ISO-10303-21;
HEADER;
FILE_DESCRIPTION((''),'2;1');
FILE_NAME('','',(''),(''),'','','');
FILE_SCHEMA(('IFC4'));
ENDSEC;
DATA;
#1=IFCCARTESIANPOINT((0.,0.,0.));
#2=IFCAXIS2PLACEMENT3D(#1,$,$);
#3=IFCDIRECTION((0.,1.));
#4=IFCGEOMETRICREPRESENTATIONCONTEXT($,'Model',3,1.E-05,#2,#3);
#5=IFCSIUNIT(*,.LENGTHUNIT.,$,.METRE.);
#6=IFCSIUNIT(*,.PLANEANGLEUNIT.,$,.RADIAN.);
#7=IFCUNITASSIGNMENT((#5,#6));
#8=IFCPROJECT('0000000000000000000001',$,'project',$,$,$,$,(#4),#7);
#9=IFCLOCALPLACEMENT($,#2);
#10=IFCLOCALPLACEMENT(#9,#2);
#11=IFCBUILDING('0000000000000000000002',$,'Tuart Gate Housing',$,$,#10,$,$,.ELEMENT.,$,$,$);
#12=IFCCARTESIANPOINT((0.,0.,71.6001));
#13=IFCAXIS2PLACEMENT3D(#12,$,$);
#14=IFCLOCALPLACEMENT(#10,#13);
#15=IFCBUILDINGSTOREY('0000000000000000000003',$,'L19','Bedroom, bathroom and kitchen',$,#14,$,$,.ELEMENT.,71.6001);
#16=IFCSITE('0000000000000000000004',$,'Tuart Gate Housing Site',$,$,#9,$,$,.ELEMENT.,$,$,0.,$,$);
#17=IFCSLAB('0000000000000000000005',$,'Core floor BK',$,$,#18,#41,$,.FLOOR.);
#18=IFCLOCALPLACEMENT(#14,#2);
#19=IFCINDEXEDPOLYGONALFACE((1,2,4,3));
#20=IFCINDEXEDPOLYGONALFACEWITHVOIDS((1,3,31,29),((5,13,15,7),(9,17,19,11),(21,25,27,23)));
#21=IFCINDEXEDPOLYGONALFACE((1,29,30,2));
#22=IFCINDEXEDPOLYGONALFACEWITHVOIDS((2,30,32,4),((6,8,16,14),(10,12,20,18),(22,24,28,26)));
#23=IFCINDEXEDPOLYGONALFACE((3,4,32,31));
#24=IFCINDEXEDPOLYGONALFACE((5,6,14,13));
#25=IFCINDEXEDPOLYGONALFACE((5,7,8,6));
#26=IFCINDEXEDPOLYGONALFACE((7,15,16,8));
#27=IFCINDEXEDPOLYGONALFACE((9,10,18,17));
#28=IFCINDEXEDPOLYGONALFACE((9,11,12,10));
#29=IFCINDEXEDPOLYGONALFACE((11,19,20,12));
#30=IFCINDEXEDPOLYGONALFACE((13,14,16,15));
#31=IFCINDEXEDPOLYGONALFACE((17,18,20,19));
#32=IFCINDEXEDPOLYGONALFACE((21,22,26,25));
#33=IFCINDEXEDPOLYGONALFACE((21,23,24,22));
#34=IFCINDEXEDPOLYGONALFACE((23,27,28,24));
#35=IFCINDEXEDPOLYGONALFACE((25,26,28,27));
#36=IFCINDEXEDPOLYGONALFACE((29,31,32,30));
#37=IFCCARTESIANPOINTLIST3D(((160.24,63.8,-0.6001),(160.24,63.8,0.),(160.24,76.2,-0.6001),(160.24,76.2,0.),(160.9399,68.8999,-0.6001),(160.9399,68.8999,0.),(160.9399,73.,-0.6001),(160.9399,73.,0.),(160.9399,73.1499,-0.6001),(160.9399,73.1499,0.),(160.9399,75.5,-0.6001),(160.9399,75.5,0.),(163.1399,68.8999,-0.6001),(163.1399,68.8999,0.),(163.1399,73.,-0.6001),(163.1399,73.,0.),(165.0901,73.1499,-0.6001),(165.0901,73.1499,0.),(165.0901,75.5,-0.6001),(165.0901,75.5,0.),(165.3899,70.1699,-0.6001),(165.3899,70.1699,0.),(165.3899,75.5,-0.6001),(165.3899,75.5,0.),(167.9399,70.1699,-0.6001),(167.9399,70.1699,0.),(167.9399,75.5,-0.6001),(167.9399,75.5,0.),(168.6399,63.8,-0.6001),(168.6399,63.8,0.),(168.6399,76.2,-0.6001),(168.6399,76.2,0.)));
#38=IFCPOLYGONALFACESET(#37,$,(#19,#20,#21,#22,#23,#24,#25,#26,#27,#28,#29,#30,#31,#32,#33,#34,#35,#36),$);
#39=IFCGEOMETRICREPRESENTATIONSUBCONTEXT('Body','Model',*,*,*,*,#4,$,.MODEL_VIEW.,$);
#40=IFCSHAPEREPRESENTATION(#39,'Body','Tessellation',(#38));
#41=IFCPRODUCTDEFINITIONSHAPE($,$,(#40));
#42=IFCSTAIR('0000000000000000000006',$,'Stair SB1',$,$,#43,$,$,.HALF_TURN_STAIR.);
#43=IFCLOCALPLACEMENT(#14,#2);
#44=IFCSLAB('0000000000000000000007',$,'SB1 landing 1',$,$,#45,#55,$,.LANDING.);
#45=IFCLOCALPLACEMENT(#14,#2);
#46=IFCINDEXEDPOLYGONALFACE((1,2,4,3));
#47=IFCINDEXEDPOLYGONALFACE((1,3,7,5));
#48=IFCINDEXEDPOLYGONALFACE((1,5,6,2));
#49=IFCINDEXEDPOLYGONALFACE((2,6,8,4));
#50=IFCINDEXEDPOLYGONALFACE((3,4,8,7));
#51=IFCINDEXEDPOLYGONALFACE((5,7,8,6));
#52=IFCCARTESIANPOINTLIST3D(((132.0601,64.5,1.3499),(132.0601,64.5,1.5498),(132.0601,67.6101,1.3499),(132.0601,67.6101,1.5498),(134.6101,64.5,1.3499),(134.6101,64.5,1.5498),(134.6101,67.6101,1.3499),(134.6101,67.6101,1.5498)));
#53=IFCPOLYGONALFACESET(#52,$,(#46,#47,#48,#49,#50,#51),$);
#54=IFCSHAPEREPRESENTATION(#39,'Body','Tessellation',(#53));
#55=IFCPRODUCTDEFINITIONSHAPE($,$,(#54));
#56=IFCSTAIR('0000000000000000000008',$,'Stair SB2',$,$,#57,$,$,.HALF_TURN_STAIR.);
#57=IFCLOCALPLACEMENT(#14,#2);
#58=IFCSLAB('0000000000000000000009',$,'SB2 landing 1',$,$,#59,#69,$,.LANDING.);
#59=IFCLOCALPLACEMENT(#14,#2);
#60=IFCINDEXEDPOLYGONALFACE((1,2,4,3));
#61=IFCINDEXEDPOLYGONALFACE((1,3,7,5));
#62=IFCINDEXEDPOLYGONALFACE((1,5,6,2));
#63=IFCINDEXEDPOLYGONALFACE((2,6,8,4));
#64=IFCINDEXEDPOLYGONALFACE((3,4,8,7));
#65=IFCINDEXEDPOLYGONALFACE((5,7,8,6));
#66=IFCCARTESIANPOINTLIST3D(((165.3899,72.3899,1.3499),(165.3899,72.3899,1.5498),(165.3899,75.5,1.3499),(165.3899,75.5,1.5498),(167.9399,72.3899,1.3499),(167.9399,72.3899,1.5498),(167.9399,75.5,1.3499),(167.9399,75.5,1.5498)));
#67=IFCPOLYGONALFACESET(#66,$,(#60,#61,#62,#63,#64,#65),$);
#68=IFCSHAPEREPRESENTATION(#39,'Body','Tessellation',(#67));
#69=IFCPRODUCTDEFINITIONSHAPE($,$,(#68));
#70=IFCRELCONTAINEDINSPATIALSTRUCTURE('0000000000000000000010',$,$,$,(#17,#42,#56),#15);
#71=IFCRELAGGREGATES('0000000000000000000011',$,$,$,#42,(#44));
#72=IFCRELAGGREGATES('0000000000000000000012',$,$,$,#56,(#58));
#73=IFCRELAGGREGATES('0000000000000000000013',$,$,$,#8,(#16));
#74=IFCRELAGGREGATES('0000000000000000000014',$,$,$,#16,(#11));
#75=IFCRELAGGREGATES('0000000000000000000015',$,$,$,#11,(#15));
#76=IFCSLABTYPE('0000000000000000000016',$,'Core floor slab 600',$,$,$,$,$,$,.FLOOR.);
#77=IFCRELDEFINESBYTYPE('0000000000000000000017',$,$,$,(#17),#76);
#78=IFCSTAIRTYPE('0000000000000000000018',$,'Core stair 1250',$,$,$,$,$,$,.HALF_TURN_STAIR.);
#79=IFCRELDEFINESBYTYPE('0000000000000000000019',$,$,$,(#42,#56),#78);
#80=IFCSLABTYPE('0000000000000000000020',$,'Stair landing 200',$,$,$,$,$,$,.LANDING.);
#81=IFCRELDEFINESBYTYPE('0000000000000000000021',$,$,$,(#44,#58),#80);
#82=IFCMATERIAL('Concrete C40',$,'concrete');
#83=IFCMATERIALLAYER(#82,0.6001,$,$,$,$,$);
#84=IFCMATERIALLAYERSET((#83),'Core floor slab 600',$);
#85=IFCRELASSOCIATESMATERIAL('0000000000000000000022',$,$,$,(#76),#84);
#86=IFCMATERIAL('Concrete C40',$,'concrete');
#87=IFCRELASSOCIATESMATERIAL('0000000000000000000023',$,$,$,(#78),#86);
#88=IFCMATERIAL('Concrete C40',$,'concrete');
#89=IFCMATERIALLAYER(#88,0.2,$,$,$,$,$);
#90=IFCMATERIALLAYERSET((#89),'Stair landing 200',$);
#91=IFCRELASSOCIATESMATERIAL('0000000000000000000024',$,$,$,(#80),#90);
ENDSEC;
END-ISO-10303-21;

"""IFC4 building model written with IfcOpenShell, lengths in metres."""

from ifc_helpers import new_model, si_unit, direction, frame, origin, place, context, subcontext, project, spatial, polyline, outline, extrude, material, layer, layer_set, type_object, element, aggregate, save


model = new_model("IFC4")

# Units and contexts
model_context = context("Model", 3, precision=1e-05, world=origin(), true_north=direction((0.0, 1.0)))
body_context = subcontext(model_context, "Body", "Model", "MODEL_VIEW")
ifc_project = project(units=[si_unit("LENGTHUNIT", "METRE"), si_unit("PLANEANGLEUNIT", "RADIAN")], contexts=[model_context])

# Site, building, storey
site_placement = place(None, origin())
site = spatial("IfcSite", under=ifc_project, at=site_placement, Name="Tuart Gate Housing Site", CompositionType="ELEMENT", RefElevation=0.0)
building_placement = place(site_placement, origin())
building = spatial("IfcBuilding", under=site, at=building_placement, Name="Tuart Gate Housing", CompositionType="ELEMENT")
storey_placement = place(building_placement, frame((0.0, 0.0, 71.6001)))
storey = spatial("IfcBuildingStorey", under=building, at=storey_placement, Name="L19", Description="Bedroom, bathroom and kitchen", CompositionType="ELEMENT", Elevation=71.6001)

# Slab
ifc_material_1 = material(Name="Concrete C40", Category="concrete")
ifc_layer_1 = layer(ifc_material_1, 0.6001)
ifc_layer_set_1 = layer_set([ifc_layer_1], Name="Core floor slab 600")
slab_type_1 = type_object("IfcSlabType", Name="Core floor slab 600", PredefinedType="FLOOR", material=ifc_layer_set_1)
slab_1_placement = place(storey_placement, frame((0.0, 0.0, -0.6001)))
element("IfcSlab", 1, at=slab_1_placement, inside=storey, type_object=slab_type_1, Name="Core floor BK", PredefinedType="FLOOR", context=body_context, shape_type="SweptSolid", body=[
    extrude(outline(polyline([(160.24, 63.8), (168.6399, 63.8), (168.6399, 76.2), (160.24, 76.2), (160.24, 63.8)]), holes=[polyline([(160.9399, 73.1499), (165.0901, 73.1499), (165.0901, 75.5), (160.9399, 75.5), (160.9399, 73.1499)]), polyline([(160.9399, 68.8999), (163.1399, 68.8999), (163.1399, 73.0), (160.9399, 73.0), (160.9399, 68.8999)]), polyline([(165.3899, 70.1699), (167.9399, 70.1699), (167.9399, 75.5), (165.3899, 75.5), (165.3899, 70.1699)])]), origin(), (0.0, 0.0, 1.0), 0.6001),
])

# Stairs, slabs
ifc_material_2 = material(Name="Concrete C40", Category="concrete")
stair_type = type_object("IfcStairType", Name="Core stair 1250", PredefinedType="HALF_TURN_STAIR", material=ifc_material_2)
stair_1_placement = place(storey_placement, origin())
stair_1 = element("IfcStair", 2, at=stair_1_placement, inside=storey, type_object=stair_type, Name="Stair SB1", PredefinedType="HALF_TURN_STAIR")
ifc_material_3 = material(Name="Concrete C40", Category="concrete")
ifc_layer_2 = layer(ifc_material_3, 0.2)
ifc_layer_set_2 = layer_set([ifc_layer_2], Name="Stair landing 200")
slab_type_2 = type_object("IfcSlabType", Name="Stair landing 200", PredefinedType="LANDING", material=ifc_layer_set_2)
slab_2_placement = place(storey_placement, frame((0.0, 0.0, 1.3499)))
slab_2 = element("IfcSlab", 3, at=slab_2_placement, type_object=slab_type_2, Name="SB1 landing 1", PredefinedType="LANDING", context=body_context, shape_type="SweptSolid", body=[
    extrude(outline(polyline([(134.6101, 67.6101), (132.0601, 67.6101), (132.0601, 64.5), (134.6101, 64.5), (134.6101, 67.6101)])), origin(), (0.0, 0.0, 1.0), 0.2),
])
aggregate(stair_1, [slab_2])
stair_2_placement = place(storey_placement, origin())
stair_2 = element("IfcStair", 4, at=stair_2_placement, inside=storey, type_object=stair_type, Name="Stair SB2", PredefinedType="HALF_TURN_STAIR")
slab_3_placement = place(storey_placement, frame((0.0, 0.0, 1.3499)))
slab_3 = element("IfcSlab", 5, at=slab_3_placement, type_object=slab_type_2, Name="SB2 landing 1", PredefinedType="LANDING", context=body_context, shape_type="SweptSolid", body=[
    extrude(outline(polyline([(165.3899, 72.3899), (167.9399, 72.3899), (167.9399, 75.5), (165.3899, 75.5), (165.3899, 72.3899)])), origin(), (0.0, 0.0, 1.0), 0.2),
])
aggregate(stair_2, [slab_3])

save(model, "model.ifc")
